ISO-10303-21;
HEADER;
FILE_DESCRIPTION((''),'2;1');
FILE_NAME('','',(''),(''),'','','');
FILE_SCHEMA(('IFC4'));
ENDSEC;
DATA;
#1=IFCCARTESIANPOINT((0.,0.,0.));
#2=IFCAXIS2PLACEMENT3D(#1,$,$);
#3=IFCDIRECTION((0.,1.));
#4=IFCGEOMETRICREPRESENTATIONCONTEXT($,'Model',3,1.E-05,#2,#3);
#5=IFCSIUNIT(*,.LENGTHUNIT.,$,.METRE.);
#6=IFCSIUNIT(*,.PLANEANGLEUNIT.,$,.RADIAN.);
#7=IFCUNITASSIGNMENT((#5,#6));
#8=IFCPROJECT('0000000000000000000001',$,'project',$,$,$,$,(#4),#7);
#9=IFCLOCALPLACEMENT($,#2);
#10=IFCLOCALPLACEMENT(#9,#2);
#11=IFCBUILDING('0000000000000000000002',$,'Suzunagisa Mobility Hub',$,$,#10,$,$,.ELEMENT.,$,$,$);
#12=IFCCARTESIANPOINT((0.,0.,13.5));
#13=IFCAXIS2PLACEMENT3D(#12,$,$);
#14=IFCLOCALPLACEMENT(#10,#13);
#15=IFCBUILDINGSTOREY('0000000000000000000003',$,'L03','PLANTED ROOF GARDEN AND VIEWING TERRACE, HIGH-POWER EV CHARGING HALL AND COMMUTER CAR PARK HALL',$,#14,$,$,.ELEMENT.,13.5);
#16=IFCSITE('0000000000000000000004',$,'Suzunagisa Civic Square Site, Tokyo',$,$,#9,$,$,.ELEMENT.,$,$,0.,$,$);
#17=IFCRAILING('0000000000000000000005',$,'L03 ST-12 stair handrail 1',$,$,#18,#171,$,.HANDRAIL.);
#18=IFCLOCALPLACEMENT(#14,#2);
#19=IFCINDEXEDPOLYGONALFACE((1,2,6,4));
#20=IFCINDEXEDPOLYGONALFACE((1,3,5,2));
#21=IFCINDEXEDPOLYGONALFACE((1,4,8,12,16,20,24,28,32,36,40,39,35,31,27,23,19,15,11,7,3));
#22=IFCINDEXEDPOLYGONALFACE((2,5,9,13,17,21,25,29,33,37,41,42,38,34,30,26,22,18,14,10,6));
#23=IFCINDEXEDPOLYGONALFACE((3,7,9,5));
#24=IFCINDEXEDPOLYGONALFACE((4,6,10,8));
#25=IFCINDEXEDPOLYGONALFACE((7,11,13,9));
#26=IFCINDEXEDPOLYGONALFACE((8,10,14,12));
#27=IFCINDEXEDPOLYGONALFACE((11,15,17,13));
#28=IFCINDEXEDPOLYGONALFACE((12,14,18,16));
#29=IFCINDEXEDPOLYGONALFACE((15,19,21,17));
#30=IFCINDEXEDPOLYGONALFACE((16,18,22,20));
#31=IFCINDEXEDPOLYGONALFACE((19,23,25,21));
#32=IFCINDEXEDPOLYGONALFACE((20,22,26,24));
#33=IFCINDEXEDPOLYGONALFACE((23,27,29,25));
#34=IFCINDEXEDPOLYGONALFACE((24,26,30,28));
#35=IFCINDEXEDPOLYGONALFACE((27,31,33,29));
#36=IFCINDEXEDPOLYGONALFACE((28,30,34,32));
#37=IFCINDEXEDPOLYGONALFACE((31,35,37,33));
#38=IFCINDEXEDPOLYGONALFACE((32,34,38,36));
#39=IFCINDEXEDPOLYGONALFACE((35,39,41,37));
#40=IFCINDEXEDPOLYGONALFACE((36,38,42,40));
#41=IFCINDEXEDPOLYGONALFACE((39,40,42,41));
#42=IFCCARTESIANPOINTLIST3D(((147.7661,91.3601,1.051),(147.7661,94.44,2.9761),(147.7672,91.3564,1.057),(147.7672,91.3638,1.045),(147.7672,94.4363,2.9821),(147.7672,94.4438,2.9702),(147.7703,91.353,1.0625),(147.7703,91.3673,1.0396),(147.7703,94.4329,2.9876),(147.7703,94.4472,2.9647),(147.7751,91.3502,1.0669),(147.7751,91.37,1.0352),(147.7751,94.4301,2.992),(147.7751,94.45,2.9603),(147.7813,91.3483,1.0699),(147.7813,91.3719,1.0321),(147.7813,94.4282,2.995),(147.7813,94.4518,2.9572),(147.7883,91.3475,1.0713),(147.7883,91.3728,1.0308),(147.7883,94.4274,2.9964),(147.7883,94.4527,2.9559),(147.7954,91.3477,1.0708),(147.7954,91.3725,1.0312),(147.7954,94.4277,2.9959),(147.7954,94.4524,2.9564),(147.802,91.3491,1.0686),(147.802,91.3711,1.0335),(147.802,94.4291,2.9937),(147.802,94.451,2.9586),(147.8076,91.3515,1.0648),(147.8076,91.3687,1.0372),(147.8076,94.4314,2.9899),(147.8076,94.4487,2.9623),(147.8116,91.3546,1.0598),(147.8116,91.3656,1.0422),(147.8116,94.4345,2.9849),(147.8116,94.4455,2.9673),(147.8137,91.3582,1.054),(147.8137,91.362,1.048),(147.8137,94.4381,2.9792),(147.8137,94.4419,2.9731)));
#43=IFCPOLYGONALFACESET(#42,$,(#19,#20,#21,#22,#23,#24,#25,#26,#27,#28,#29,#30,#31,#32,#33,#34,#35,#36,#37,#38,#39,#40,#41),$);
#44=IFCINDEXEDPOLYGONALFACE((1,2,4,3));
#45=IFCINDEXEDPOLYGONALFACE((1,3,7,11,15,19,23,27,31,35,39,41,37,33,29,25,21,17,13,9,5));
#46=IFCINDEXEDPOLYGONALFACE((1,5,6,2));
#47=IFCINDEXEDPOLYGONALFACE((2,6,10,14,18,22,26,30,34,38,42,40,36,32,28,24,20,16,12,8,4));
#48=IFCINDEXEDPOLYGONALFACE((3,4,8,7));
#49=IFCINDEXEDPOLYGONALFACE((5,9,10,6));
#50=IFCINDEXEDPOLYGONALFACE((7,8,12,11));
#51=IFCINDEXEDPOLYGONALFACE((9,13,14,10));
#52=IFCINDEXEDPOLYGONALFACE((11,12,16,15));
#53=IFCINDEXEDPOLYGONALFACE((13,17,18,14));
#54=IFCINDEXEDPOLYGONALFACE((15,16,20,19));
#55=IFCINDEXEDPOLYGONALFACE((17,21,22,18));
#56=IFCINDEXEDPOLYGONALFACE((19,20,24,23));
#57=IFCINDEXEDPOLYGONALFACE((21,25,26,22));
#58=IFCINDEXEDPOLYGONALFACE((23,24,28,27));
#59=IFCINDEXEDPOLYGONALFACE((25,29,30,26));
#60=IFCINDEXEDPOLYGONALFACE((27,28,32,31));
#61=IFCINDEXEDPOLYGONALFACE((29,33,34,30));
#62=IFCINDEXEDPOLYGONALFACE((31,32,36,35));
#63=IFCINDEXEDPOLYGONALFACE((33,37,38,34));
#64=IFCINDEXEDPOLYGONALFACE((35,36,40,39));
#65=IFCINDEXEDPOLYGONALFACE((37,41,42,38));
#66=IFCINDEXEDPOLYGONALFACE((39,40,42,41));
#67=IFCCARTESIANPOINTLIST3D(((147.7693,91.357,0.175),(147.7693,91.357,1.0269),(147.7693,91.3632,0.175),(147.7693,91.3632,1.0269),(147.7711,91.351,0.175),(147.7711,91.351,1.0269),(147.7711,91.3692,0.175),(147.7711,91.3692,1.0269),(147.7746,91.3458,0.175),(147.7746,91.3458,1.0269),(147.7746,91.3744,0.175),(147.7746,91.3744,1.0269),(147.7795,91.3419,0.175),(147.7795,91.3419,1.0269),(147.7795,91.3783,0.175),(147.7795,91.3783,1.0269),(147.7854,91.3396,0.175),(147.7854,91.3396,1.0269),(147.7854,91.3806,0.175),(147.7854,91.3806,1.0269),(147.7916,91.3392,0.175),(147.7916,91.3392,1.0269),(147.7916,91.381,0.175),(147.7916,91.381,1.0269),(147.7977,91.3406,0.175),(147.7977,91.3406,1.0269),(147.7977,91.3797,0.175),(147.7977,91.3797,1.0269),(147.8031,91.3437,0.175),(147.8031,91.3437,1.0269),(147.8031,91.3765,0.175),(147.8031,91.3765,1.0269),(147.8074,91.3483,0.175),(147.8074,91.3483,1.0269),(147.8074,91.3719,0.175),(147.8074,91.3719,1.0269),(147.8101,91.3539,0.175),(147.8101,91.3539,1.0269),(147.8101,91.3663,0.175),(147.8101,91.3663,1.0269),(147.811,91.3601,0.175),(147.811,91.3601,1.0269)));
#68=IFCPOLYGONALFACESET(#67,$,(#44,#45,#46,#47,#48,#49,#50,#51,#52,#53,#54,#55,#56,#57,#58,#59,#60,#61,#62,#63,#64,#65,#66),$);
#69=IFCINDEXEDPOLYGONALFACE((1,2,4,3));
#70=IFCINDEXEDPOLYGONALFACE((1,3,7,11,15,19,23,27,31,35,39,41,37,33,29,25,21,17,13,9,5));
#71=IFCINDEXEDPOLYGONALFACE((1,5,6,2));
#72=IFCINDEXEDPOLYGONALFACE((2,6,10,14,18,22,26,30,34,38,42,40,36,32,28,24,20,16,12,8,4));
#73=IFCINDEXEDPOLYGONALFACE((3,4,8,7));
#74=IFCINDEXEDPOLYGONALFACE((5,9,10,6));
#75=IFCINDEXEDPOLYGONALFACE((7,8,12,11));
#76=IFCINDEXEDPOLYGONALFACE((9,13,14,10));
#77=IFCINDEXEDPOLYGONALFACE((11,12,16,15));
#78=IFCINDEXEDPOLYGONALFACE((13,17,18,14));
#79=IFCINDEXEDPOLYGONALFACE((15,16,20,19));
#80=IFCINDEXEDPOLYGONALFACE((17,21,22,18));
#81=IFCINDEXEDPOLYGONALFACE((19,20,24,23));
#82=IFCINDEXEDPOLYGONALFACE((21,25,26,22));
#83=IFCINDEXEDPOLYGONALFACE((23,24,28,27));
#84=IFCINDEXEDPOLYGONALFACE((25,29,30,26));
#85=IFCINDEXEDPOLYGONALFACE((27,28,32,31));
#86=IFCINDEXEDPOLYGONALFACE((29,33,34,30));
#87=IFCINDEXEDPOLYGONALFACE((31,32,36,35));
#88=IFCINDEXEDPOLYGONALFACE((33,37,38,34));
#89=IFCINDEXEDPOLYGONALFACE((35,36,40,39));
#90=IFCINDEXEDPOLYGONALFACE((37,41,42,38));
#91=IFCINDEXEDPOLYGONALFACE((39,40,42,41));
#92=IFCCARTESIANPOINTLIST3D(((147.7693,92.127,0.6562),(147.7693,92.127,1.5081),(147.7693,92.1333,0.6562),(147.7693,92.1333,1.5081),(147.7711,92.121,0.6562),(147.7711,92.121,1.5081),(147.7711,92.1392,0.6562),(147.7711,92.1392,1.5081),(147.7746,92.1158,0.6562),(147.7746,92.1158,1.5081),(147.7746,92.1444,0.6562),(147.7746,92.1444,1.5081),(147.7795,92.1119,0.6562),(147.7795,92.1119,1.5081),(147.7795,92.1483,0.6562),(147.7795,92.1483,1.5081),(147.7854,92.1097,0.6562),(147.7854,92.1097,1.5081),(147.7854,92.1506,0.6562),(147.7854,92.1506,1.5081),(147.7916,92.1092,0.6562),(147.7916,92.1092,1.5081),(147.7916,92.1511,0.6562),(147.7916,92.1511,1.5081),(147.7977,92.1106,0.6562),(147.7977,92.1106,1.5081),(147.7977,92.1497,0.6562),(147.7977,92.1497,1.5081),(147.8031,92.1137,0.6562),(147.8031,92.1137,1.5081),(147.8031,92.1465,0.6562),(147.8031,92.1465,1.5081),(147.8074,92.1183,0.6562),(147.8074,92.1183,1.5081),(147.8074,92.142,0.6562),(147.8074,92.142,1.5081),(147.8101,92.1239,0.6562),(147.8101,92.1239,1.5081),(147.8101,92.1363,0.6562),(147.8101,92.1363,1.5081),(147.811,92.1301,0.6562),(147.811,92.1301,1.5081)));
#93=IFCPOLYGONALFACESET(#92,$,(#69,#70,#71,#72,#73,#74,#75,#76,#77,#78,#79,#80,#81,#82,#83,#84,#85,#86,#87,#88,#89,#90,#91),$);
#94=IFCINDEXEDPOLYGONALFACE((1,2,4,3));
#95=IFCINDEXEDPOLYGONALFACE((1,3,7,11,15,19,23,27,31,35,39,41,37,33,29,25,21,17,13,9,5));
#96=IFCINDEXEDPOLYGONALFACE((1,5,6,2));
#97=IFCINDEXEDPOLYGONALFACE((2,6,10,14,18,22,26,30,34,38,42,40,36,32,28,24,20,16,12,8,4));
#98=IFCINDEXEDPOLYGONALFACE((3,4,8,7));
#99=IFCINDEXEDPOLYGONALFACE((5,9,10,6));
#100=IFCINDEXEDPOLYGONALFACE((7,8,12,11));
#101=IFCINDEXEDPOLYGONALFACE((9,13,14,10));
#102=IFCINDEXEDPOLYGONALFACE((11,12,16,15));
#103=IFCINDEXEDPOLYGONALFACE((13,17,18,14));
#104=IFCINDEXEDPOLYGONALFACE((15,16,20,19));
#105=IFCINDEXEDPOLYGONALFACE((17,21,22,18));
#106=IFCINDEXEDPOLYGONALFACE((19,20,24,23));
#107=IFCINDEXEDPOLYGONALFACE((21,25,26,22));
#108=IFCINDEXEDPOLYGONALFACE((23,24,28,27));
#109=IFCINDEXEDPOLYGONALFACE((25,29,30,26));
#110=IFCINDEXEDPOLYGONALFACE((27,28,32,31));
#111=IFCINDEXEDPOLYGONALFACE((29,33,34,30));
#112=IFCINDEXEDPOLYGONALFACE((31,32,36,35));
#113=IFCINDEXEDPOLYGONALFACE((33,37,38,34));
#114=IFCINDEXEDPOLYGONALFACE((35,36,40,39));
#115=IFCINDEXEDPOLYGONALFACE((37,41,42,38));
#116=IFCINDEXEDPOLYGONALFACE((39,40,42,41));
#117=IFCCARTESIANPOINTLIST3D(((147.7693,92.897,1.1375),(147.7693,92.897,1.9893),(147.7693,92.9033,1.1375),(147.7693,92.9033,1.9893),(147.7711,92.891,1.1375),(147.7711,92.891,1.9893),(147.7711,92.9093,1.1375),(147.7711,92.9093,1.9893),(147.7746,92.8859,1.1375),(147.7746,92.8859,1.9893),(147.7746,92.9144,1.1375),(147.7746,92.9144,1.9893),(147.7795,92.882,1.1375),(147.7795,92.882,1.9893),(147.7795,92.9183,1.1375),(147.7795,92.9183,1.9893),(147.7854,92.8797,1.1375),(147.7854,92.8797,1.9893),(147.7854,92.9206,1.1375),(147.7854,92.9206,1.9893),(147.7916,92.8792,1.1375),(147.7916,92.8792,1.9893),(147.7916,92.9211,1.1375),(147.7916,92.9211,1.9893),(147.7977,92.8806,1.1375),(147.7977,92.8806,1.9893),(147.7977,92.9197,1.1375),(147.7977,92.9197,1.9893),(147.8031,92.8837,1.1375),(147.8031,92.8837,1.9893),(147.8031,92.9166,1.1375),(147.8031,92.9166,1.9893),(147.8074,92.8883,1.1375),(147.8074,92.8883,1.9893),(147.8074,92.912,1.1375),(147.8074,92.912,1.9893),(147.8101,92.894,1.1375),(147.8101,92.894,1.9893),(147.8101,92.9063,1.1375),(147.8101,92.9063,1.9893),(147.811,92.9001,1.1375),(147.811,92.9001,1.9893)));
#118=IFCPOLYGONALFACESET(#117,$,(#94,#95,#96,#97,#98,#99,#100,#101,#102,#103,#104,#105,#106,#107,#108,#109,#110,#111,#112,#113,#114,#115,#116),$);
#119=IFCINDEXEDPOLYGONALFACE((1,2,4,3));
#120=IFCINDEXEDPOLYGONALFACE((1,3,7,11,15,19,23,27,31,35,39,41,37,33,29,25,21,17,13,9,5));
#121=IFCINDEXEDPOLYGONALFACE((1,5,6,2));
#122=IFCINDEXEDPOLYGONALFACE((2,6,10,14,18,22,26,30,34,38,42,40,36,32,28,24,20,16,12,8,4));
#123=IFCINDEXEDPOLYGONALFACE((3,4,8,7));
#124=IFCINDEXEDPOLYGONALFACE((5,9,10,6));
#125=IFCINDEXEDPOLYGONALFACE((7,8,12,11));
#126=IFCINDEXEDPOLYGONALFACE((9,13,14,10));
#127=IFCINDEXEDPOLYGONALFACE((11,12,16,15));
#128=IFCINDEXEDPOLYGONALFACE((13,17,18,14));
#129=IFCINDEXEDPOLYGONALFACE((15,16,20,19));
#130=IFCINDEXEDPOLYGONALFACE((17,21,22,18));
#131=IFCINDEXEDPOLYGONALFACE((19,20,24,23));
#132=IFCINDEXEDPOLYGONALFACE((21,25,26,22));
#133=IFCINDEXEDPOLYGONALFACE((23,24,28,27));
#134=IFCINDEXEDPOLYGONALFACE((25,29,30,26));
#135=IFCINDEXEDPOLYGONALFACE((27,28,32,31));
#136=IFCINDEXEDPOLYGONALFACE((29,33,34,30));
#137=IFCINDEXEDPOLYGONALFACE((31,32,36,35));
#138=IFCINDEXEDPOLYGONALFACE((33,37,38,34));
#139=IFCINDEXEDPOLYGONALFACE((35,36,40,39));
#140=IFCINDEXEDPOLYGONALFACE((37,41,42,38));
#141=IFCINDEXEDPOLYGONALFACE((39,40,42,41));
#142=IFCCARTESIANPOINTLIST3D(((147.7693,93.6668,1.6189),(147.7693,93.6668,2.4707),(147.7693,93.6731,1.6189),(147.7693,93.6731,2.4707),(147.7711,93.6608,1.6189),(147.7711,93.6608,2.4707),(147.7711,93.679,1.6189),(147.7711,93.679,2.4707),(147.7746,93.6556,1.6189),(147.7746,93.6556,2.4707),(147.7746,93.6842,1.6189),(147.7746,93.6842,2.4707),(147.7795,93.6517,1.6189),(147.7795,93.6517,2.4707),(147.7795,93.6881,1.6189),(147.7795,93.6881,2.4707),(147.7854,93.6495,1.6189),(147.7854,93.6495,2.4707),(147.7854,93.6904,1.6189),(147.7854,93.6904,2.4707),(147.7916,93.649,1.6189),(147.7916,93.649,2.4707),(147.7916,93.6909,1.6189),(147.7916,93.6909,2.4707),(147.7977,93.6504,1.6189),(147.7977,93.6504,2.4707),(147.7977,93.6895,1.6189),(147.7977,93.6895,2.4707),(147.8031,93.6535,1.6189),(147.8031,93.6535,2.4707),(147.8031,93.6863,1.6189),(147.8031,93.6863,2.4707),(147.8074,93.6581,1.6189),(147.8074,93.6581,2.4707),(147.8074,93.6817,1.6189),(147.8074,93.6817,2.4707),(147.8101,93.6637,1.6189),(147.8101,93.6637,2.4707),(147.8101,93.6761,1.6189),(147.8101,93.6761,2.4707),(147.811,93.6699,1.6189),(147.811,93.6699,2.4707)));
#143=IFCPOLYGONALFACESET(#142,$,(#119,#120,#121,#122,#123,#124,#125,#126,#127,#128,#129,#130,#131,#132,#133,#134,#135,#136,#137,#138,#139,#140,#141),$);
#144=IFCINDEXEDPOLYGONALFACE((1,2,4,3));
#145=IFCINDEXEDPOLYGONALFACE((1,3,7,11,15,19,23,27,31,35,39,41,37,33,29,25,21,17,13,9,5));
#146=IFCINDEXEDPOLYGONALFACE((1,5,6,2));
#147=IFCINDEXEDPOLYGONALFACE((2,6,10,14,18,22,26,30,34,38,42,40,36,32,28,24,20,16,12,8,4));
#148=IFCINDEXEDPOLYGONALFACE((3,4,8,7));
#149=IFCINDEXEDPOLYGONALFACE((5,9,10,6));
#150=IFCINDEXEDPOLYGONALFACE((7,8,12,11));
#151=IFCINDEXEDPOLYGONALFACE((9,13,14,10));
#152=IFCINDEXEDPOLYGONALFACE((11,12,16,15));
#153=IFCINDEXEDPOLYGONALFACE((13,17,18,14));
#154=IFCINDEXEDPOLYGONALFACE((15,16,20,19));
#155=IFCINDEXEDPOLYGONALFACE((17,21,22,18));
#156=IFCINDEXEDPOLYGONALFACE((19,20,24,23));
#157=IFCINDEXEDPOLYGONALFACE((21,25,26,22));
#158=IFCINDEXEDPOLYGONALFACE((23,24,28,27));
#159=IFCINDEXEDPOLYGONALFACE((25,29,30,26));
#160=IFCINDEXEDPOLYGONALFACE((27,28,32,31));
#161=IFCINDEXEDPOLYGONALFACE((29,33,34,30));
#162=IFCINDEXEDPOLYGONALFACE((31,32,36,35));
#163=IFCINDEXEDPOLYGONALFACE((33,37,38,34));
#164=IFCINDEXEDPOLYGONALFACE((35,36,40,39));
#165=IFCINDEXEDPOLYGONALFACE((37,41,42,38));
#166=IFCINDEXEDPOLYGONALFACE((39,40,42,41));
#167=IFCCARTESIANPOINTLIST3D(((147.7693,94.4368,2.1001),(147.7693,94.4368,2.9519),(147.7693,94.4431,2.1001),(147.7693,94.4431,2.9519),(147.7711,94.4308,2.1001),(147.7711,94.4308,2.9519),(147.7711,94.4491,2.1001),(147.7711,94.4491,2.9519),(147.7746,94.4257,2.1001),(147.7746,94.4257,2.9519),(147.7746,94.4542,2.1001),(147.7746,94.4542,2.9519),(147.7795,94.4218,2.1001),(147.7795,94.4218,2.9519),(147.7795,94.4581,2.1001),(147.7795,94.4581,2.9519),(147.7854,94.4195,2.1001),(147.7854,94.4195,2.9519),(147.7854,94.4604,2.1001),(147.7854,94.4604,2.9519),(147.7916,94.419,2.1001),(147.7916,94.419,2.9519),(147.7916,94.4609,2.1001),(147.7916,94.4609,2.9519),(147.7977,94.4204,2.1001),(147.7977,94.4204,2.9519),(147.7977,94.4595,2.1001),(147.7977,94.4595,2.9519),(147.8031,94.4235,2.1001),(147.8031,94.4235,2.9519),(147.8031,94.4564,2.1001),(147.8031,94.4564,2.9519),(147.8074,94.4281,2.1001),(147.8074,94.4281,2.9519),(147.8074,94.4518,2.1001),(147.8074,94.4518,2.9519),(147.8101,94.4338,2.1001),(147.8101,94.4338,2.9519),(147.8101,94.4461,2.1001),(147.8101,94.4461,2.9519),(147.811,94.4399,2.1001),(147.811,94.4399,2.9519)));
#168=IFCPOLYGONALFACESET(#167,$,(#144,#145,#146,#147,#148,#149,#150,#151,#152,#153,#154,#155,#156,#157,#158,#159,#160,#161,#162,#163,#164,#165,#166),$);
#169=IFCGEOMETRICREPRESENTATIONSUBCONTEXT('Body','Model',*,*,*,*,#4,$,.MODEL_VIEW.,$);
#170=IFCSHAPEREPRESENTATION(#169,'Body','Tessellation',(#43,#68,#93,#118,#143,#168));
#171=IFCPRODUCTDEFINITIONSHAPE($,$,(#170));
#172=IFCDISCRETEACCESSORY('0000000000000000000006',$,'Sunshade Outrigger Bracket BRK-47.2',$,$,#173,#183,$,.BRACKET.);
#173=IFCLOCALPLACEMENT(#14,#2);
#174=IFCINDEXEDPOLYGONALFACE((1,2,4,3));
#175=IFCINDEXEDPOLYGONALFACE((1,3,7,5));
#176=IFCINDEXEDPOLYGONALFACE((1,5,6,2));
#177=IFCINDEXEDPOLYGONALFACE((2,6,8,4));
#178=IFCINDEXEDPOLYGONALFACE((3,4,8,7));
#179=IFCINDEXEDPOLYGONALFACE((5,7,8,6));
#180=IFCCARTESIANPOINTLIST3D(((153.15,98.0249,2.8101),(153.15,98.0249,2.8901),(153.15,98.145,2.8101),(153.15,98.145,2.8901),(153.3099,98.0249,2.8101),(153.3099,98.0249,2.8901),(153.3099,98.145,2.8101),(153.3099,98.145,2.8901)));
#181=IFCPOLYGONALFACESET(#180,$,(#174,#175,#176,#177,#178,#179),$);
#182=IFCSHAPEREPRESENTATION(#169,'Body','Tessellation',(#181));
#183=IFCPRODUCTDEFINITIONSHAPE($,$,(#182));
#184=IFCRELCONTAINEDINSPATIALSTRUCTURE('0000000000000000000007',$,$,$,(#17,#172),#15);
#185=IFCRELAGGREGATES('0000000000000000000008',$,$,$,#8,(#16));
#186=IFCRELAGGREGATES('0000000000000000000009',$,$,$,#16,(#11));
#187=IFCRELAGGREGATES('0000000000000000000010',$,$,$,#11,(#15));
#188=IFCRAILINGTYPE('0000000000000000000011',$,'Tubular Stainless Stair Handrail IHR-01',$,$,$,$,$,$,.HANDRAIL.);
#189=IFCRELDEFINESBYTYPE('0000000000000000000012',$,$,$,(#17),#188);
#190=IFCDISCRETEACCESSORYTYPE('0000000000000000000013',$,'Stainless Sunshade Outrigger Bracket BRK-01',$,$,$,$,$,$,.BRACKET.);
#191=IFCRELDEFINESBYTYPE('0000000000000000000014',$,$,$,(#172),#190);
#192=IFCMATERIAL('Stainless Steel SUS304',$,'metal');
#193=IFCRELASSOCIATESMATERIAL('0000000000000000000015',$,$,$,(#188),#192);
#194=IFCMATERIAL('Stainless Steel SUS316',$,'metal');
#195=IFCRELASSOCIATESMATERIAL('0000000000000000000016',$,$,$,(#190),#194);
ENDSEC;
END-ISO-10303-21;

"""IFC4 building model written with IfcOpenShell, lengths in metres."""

from ifc_helpers import new_model, si_unit, direction, frame, origin, origin_2d, place, context, subcontext, project, spatial, rectangle, circle, extrude, material, type_object, element, save


model = new_model("IFC4")

# Units and contexts
model_context = context("Model", 3, precision=1e-05, world=origin(), true_north=direction((0.0, 1.0)))
body_context = subcontext(model_context, "Body", "Model", "MODEL_VIEW")
ifc_project = project(units=[si_unit("LENGTHUNIT", "METRE"), si_unit("PLANEANGLEUNIT", "RADIAN")], contexts=[model_context])

# Site, building, storey
site_placement = place(None, origin())
site = spatial("IfcSite", under=ifc_project, at=site_placement, Name="Suzunagisa Civic Square Site, Tokyo", CompositionType="ELEMENT", RefElevation=0.0)
building_placement = place(site_placement, origin())
building = spatial("IfcBuilding", under=site, at=building_placement, Name="Suzunagisa Mobility Hub", CompositionType="ELEMENT")
storey_placement = place(building_placement, frame((0.0, 0.0, 13.5)))
storey = spatial("IfcBuildingStorey", under=building, at=storey_placement, Name="L03", Description="PLANTED ROOF GARDEN AND VIEWING TERRACE, HIGH-POWER EV CHARGING HALL AND COMMUTER CAR PARK HALL", CompositionType="ELEMENT", Elevation=13.5)

# Railing
ifc_material_1 = material(Name="Stainless Steel SUS304", Category="metal")
railing_type = type_object("IfcRailingType", Name="Tubular Stainless Stair Handrail IHR-01", PredefinedType="HANDRAIL", material=ifc_material_1)
railing_placement = place(storey_placement, frame((147.79, 91.3601, 0.175)))
element("IfcRailing", 1, at=railing_placement, inside=storey, type_object=railing_type, Name="L03 ST-12 stair handrail 1", PredefinedType="HANDRAIL", context=body_context, shape_type="SweptSolid", body=[
    extrude(circle(Radius=0.0239, at=origin_2d()), frame((0.0, 0.0, 0.876), z_axis=(0.0, 0.847979, 0.530029), x_axis=(-1.0, 0.0, 0.0)), (0.0, 0.0, 1.0), 3.6321),
    extrude(circle(Radius=0.021, at=origin_2d()), origin(), (0.0, 0.0, 1.0), 0.8518),
    extrude(circle(Radius=0.021, at=origin_2d()), frame((0.0, 0.77, 0.4812)), (0.0, 0.0, 1.0), 0.8518),
    extrude(circle(Radius=0.021, at=origin_2d()), frame((0.0, 1.54, 0.9624)), (0.0, 0.0, 1.0), 0.8518),
    extrude(circle(Radius=0.021, at=origin_2d()), frame((0.0, 2.3098, 1.4438)), (0.0, 0.0, 1.0), 0.8518),
    extrude(circle(Radius=0.021, at=origin_2d()), frame((0.0, 3.0798, 1.925)), (0.0, 0.0, 1.0), 0.8518),
])

# Discrete accessory
ifc_material_2 = material(Name="Stainless Steel SUS316", Category="metal")
discrete_accessory_type = type_object("IfcDiscreteAccessoryType", Name="Stainless Sunshade Outrigger Bracket BRK-01", PredefinedType="BRACKET", material=ifc_material_2)
discrete_accessory_placement = place(storey_placement, frame((153.23, 98.085, 2.8101), z_axis=(0.0, 0.0, 1.0), x_axis=(-1.0, 0.0, 0.0)))
element("IfcDiscreteAccessory", 2, at=discrete_accessory_placement, inside=storey, type_object=discrete_accessory_type, Name="Sunshade Outrigger Bracket BRK-47.2", PredefinedType="BRACKET", context=body_context, shape_type="SweptSolid", body=[
    extrude(rectangle(XDim=0.1599, YDim=0.1201, at=origin_2d()), origin(), (0.0, 0.0, 1.0), 0.0801),
])

save(model, "model.ifc")
